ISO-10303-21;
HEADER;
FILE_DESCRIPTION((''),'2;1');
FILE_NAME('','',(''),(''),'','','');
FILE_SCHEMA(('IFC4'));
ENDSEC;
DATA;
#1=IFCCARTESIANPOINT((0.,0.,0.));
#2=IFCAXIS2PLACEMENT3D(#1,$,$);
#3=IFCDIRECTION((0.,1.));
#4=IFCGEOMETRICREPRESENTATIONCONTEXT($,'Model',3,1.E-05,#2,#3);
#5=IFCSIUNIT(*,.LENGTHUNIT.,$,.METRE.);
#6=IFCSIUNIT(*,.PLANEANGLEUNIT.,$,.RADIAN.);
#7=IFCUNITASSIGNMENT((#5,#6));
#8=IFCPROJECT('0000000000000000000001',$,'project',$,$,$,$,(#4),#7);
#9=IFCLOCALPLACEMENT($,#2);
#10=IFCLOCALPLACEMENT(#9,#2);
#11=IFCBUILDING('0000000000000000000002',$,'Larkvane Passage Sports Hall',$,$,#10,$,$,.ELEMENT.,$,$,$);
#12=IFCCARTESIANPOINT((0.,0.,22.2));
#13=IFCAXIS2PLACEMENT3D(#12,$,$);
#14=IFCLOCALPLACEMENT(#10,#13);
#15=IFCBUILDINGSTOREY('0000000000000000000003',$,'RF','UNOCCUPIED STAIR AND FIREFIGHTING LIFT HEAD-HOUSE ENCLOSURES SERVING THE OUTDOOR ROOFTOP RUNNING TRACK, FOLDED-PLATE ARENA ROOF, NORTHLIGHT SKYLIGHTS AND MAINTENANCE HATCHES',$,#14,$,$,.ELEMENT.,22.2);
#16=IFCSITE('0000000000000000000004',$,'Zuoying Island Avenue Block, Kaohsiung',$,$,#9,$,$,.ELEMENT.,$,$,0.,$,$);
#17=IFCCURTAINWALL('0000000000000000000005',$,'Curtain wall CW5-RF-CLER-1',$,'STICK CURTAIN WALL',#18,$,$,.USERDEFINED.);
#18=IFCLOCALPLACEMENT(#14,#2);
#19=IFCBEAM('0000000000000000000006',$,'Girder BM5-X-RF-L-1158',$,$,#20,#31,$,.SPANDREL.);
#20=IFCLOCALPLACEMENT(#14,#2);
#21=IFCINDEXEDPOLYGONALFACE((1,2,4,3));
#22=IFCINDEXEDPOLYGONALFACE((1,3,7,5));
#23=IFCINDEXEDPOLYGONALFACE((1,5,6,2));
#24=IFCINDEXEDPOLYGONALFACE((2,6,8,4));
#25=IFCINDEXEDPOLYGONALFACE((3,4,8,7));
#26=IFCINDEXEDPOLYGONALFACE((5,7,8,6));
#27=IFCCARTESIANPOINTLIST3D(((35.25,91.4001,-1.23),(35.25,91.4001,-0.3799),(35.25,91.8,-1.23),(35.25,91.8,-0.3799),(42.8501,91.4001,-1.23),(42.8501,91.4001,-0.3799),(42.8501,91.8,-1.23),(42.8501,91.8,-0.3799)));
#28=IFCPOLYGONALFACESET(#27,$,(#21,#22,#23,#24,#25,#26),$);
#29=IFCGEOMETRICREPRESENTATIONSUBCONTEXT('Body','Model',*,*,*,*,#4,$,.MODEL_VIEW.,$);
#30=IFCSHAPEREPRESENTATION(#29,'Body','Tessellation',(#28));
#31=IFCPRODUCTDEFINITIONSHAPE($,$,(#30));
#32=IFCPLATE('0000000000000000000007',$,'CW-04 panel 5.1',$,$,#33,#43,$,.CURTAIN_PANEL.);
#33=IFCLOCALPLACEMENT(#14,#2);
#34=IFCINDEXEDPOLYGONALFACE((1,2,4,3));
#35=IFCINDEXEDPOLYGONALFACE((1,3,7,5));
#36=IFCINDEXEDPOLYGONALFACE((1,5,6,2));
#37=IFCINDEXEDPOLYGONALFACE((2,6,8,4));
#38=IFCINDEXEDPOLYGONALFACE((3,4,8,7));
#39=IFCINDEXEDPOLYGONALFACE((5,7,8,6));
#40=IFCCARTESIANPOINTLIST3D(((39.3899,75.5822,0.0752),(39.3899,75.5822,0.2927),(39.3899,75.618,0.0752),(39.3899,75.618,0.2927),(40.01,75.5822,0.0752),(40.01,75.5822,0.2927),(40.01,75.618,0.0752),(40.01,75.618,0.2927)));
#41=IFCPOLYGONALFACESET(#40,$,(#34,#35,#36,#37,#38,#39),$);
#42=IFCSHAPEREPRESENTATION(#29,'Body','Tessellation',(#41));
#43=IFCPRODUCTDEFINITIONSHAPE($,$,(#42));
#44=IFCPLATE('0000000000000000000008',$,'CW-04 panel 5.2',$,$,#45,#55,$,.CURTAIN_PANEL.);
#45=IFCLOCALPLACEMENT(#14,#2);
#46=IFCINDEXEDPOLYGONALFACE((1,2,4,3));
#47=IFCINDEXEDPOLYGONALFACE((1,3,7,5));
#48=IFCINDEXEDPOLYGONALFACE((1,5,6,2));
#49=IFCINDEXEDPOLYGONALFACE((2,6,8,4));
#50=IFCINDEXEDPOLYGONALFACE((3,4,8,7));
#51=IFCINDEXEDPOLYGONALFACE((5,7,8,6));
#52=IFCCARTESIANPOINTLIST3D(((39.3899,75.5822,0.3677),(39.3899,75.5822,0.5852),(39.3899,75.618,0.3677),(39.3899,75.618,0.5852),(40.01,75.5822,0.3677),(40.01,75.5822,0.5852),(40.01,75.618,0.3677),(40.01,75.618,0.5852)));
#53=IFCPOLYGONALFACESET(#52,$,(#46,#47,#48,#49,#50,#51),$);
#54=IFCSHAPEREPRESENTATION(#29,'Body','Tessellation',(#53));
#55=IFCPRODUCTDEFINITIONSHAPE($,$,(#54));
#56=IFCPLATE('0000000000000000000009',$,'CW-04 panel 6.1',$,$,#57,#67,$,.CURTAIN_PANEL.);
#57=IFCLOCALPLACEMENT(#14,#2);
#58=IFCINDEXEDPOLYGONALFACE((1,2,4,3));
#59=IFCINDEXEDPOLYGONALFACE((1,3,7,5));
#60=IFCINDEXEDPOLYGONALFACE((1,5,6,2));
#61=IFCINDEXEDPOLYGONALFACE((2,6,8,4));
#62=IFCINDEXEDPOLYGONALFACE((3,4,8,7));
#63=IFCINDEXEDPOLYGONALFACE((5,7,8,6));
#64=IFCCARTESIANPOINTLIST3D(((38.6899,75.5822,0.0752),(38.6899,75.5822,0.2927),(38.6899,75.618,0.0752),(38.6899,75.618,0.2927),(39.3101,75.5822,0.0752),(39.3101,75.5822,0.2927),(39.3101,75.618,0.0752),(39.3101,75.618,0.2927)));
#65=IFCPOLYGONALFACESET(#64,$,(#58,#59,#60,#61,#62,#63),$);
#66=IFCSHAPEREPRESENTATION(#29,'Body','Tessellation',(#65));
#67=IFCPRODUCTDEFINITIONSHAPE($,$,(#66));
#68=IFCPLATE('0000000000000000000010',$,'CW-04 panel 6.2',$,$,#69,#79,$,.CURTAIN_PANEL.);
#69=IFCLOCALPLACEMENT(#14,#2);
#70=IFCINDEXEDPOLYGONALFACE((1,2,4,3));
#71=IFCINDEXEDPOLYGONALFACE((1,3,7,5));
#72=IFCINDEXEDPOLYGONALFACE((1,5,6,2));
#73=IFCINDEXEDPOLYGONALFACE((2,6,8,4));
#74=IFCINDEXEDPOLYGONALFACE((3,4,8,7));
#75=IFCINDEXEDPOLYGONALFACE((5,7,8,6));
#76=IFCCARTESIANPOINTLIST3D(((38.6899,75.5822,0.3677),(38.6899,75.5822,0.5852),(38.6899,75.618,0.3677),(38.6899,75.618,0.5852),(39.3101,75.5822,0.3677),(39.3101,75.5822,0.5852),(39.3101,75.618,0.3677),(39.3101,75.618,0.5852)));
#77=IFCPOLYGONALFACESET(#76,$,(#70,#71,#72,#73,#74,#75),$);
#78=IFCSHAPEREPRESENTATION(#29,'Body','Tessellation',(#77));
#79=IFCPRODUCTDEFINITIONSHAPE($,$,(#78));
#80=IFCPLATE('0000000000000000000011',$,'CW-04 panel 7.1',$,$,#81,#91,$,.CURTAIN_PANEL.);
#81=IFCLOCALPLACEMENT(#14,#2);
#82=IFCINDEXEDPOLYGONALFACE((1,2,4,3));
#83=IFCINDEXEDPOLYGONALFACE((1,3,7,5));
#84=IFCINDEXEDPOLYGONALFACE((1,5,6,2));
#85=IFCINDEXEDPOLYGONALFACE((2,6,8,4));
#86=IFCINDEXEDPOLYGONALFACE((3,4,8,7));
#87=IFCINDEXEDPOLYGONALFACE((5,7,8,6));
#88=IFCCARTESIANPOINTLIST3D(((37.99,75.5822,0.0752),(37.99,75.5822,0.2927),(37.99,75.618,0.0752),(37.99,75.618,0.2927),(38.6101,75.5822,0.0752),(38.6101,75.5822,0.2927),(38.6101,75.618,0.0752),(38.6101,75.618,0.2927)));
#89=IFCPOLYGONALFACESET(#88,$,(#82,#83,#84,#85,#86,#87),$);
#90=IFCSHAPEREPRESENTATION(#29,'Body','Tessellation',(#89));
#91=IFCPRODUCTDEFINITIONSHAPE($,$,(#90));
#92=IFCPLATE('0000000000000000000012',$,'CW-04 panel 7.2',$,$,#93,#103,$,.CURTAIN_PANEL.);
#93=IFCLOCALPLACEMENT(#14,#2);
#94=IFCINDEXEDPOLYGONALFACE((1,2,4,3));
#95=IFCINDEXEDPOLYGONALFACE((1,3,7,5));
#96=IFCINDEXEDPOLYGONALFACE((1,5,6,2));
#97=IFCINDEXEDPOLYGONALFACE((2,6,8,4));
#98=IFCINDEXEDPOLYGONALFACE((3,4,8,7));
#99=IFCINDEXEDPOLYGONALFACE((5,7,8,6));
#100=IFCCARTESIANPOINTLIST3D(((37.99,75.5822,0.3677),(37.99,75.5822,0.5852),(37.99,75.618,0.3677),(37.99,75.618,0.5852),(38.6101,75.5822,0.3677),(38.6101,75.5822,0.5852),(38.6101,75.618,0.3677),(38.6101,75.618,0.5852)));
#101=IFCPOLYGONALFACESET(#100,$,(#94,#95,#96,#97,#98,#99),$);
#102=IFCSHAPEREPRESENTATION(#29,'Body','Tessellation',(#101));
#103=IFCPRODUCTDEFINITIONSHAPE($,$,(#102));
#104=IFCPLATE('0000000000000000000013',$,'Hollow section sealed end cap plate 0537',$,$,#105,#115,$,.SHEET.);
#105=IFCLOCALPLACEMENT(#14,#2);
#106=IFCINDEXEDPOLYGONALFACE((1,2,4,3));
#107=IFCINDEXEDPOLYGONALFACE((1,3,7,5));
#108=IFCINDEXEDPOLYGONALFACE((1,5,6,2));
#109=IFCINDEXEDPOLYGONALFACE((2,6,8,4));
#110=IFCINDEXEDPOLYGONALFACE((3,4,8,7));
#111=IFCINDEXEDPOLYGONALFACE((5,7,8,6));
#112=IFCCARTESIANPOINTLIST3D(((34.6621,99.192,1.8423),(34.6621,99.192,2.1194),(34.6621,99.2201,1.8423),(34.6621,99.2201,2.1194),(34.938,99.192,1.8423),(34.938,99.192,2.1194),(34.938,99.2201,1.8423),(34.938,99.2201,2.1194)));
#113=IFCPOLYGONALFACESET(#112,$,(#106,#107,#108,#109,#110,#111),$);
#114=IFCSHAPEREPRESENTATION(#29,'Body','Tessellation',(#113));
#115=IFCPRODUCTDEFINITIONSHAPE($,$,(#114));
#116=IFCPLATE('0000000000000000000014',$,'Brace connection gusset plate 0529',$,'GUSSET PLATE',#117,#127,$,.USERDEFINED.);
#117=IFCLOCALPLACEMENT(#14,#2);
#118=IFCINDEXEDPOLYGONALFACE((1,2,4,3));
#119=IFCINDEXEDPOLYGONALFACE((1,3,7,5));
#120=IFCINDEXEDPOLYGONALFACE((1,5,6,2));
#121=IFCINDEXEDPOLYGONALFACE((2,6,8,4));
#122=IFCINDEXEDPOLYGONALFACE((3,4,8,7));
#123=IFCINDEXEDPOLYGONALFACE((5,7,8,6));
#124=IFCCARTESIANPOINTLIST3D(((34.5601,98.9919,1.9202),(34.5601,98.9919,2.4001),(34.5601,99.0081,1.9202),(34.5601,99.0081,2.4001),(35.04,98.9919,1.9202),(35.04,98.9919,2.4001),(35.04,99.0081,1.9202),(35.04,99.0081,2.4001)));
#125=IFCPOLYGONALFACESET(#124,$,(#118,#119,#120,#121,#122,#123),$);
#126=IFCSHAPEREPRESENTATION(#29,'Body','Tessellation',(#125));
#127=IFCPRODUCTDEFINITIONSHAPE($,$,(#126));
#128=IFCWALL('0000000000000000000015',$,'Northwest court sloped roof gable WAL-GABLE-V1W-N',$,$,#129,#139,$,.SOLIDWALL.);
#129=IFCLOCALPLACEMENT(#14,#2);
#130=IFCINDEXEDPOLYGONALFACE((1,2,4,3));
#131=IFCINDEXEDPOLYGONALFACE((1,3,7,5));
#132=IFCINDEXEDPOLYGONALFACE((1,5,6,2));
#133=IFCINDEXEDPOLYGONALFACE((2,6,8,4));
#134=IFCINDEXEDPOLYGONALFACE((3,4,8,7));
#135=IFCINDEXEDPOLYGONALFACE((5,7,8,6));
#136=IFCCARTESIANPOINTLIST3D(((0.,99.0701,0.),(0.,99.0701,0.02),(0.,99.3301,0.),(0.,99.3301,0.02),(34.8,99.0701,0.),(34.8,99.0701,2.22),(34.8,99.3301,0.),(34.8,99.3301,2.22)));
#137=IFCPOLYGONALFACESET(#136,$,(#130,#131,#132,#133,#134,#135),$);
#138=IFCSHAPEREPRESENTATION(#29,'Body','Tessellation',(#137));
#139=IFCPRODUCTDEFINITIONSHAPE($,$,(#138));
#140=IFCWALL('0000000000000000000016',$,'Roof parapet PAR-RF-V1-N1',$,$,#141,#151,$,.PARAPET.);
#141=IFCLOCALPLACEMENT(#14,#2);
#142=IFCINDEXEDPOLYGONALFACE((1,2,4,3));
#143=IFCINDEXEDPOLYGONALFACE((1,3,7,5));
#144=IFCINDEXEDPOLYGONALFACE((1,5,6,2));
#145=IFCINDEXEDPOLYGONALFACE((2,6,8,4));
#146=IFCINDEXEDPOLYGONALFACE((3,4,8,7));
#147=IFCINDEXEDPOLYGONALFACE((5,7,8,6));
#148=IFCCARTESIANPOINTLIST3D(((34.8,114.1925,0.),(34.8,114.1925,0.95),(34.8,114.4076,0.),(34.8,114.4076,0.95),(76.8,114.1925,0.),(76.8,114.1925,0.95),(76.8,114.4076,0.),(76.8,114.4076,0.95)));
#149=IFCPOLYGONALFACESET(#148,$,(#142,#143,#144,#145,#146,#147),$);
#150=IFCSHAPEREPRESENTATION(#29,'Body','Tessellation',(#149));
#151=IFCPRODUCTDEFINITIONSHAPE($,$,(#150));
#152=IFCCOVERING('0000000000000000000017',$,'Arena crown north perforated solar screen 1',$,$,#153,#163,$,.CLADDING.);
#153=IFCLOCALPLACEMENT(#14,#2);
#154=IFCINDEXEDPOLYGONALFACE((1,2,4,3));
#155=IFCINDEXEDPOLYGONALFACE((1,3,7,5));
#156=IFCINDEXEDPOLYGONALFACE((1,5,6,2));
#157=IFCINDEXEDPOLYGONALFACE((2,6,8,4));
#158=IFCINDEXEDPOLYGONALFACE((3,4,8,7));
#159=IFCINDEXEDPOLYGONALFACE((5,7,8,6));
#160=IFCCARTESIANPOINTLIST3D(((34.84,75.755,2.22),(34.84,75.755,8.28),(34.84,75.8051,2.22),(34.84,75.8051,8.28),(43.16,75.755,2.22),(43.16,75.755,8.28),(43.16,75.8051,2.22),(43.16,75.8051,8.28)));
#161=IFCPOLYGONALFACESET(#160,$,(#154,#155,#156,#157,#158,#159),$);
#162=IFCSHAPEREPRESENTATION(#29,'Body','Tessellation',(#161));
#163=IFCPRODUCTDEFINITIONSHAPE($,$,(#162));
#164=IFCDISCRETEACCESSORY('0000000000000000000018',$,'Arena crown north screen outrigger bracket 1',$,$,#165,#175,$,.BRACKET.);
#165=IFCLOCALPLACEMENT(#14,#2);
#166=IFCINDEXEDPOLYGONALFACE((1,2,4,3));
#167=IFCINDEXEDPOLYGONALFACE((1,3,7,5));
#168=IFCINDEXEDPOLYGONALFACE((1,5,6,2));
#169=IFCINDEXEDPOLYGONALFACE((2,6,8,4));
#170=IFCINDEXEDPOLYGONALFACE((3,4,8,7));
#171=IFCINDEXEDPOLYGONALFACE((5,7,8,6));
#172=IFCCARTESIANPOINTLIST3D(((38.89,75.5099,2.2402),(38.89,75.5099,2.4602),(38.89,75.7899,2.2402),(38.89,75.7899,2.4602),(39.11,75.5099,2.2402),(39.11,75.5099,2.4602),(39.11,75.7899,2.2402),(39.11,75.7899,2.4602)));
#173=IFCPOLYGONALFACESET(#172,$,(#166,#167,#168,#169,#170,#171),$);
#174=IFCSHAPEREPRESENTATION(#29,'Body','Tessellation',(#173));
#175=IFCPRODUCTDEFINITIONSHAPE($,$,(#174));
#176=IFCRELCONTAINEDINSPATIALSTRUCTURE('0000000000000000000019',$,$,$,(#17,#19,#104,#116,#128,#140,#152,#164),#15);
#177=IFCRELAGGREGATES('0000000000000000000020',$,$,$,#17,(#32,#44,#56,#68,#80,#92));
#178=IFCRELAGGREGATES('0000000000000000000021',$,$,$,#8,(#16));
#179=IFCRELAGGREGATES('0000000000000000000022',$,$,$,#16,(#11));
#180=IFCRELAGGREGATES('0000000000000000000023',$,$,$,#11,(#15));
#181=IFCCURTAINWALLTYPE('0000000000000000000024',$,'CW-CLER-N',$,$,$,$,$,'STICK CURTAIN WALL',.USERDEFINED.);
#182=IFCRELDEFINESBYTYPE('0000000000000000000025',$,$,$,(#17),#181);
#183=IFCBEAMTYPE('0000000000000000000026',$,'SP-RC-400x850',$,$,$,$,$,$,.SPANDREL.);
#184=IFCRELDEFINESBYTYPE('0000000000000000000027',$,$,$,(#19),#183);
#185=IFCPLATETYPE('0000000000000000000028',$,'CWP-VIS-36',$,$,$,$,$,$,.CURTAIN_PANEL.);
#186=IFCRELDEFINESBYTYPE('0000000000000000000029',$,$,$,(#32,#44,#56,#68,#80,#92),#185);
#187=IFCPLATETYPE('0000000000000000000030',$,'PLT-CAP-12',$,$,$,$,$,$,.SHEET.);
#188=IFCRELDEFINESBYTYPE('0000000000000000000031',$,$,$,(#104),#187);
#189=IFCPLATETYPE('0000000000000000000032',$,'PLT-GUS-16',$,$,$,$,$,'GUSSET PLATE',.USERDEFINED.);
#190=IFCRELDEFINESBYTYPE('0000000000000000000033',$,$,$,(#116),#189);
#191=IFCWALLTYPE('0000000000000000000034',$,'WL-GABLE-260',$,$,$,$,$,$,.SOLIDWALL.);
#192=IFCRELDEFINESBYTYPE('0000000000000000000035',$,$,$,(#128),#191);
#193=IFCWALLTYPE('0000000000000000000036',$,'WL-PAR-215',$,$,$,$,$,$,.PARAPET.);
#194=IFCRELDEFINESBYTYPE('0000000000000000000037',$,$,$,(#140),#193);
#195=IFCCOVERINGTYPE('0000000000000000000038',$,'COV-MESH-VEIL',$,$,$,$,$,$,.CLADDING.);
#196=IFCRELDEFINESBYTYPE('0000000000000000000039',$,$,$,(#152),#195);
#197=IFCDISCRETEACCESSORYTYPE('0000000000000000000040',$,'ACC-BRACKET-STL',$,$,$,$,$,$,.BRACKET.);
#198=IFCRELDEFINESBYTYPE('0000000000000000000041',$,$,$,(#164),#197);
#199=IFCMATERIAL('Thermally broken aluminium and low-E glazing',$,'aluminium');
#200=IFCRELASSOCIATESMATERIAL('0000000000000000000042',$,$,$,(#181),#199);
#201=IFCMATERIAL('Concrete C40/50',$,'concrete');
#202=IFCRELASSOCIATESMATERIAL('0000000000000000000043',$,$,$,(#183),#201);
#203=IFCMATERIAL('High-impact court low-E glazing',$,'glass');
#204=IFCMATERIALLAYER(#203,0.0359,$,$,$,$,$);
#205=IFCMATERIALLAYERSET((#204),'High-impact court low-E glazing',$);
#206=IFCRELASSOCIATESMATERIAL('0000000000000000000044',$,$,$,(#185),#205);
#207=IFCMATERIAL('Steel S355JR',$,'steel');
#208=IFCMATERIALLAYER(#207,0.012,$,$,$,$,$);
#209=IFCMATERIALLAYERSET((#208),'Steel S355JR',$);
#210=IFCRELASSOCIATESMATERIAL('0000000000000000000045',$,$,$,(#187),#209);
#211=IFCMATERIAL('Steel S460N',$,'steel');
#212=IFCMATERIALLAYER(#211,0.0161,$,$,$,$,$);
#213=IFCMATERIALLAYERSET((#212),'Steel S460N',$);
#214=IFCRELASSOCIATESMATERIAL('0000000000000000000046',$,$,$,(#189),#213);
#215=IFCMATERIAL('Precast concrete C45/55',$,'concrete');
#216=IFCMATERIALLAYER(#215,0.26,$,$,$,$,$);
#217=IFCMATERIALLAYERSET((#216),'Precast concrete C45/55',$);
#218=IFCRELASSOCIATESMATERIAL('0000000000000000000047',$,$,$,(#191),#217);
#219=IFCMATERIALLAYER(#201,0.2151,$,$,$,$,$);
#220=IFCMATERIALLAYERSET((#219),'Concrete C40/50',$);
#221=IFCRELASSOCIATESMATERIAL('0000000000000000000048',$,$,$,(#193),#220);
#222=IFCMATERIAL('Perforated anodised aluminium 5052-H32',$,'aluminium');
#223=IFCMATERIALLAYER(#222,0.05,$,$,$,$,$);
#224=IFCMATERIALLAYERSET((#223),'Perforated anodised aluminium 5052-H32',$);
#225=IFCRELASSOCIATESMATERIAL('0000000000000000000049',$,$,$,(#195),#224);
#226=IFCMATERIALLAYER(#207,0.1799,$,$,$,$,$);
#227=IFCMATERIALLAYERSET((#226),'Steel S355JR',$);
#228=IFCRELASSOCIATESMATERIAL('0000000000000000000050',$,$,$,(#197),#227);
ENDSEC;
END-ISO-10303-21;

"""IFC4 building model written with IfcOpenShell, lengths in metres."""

from ifc_helpers import new_model, si_unit, direction, frame, frame_2d, origin, origin_2d, place, context, subcontext, project, spatial, polyline, rectangle, outline, extrude, material, layer, layer_set, material_profile, profile_set, type_object, element, aggregate, save


model = new_model("IFC4")

# Units and contexts
model_context = context("Model", 3, precision=1e-05, world=origin(), true_north=direction((0.0, 1.0)))
body_context = subcontext(model_context, "Body", "Model", "MODEL_VIEW")
ifc_project = project(units=[si_unit("LENGTHUNIT", "METRE"), si_unit("PLANEANGLEUNIT", "RADIAN")], contexts=[model_context])

# Site, building, storey
site_placement = place(None, origin())
site = spatial("IfcSite", under=ifc_project, at=site_placement, Name="Zuoying Island Avenue Block, Kaohsiung", CompositionType="ELEMENT", RefElevation=0.0)
building_placement = place(site_placement, origin())
building = spatial("IfcBuilding", under=site, at=building_placement, Name="Larkvane Passage Sports Hall", CompositionType="ELEMENT")
storey_placement = place(building_placement, frame((0.0, 0.0, 22.2)))
storey = spatial("IfcBuildingStorey", under=building, at=storey_placement, Name="RF", Description="UNOCCUPIED STAIR AND FIREFIGHTING LIFT HEAD-HOUSE ENCLOSURES SERVING THE OUTDOOR ROOFTOP RUNNING TRACK, FOLDED-PLATE ARENA ROOF, NORTHLIGHT SKYLIGHTS AND MAINTENANCE HATCHES", CompositionType="ELEMENT", Elevation=22.2)

# Curtain wall
ifc_material_1 = material(Name="Thermally broken aluminium and low-E glazing", Category="aluminium")
curtain_wall_type = type_object("IfcCurtainWallType", Name="CW-CLER-N", ElementType="STICK CURTAIN WALL", PredefinedType="USERDEFINED", material=ifc_material_1)
curtain_wall_placement = place(storey_placement, origin())
curtain_wall = element("IfcCurtainWall", 1, at=curtain_wall_placement, inside=storey, type_object=curtain_wall_type, Name="Curtain wall CW5-RF-CLER-1", ObjectType="STICK CURTAIN WALL", PredefinedType="USERDEFINED")

# Shared definitions
ifc_material_2 = material(Name="Steel S460N", Category="steel")

# Beam
ifc_material_3 = material(Name="Concrete C40/50", Category="concrete")
ifc_material_profile_1 = material_profile(ifc_material_3, rectangle(XDim=0.3999, YDim=0.8501, at=origin_2d()), Name="RC-SP-400x850")
ifc_profile_set_1 = profile_set([ifc_material_profile_1], Name="Concrete C40/50")
beam_type = type_object("IfcBeamType", Name="SP-RC-400x850", PredefinedType="SPANDREL", material=ifc_profile_set_1)
beam_placement = place(storey_placement, frame((35.25, 91.6001, -0.8049), z_axis=(1.0, 0.0, 0.0), x_axis=(0.0, 1.0, 0.0)))
element("IfcBeam", 2, at=beam_placement, inside=storey, type_object=beam_type, Name="Girder BM5-X-RF-L-1158", PredefinedType="SPANDREL", context=body_context, shape_type="SweptSolid", body=[
    extrude(rectangle(XDim=0.3999, YDim=0.8501, at=origin_2d()), origin(), (0.0, 0.0, 1.0), 7.6001),
])

# Plates
ifc_material_4 = material(Name="High-impact court low-E glazing", Category="glass")
ifc_layer_1 = layer(ifc_material_4, 0.0359)
ifc_layer_set_1 = layer_set([ifc_layer_1], Name="High-impact court low-E glazing")
plate_type_1 = type_object("IfcPlateType", Name="CWP-VIS-36", PredefinedType="CURTAIN_PANEL", material=ifc_layer_set_1)
plate_1_placement = place(storey_placement, frame((39.7, 75.6001, 0.0752), z_axis=(0.0, 0.0, 1.0), x_axis=(-1.0, 0.0, 0.0)))
plate_1 = element("IfcPlate", 3, at=plate_1_placement, type_object=plate_type_1, Name="CW-04 panel 5.1", PredefinedType="CURTAIN_PANEL", context=body_context, shape_type="SweptSolid", body=[
    extrude(rectangle(XDim=0.6201, YDim=0.0359, at=origin_2d()), origin(), (0.0, 0.0, 1.0), 0.2175),
])
plate_2_placement = place(storey_placement, frame((39.7, 75.6001, 0.3677), z_axis=(0.0, 0.0, 1.0), x_axis=(-1.0, 0.0, 0.0)))
plate_2 = element("IfcPlate", 4, at=plate_2_placement, type_object=plate_type_1, Name="CW-04 panel 5.2", PredefinedType="CURTAIN_PANEL", context=body_context, shape_type="SweptSolid", body=[
    extrude(rectangle(XDim=0.6201, YDim=0.0359, at=origin_2d()), origin(), (0.0, 0.0, 1.0), 0.2175),
])
plate_3_placement = place(storey_placement, frame((39.0, 75.6001, 0.0752), z_axis=(0.0, 0.0, 1.0), x_axis=(-1.0, 0.0, 0.0)))
plate_3 = element("IfcPlate", 5, at=plate_3_placement, type_object=plate_type_1, Name="CW-04 panel 6.1", PredefinedType="CURTAIN_PANEL", context=body_context, shape_type="SweptSolid", body=[
    extrude(rectangle(XDim=0.6201, YDim=0.0359, at=origin_2d()), origin(), (0.0, 0.0, 1.0), 0.2175),
])
plate_4_placement = place(storey_placement, frame((39.0, 75.6001, 0.3677), z_axis=(0.0, 0.0, 1.0), x_axis=(-1.0, 0.0, 0.0)))
plate_4 = element("IfcPlate", 6, at=plate_4_placement, type_object=plate_type_1, Name="CW-04 panel 6.2", PredefinedType="CURTAIN_PANEL", context=body_context, shape_type="SweptSolid", body=[
    extrude(rectangle(XDim=0.6201, YDim=0.0359, at=origin_2d()), origin(), (0.0, 0.0, 1.0), 0.2175),
])
plate_5_placement = place(storey_placement, frame((38.3, 75.6001, 0.0752), z_axis=(0.0, 0.0, 1.0), x_axis=(-1.0, 0.0, 0.0)))
plate_5 = element("IfcPlate", 7, at=plate_5_placement, type_object=plate_type_1, Name="CW-04 panel 7.1", PredefinedType="CURTAIN_PANEL", context=body_context, shape_type="SweptSolid", body=[
    extrude(rectangle(XDim=0.6201, YDim=0.0359, at=origin_2d()), origin(), (0.0, 0.0, 1.0), 0.2175),
])
plate_6_placement = place(storey_placement, frame((38.3, 75.6001, 0.3677), z_axis=(0.0, 0.0, 1.0), x_axis=(-1.0, 0.0, 0.0)))
plate_6 = element("IfcPlate", 8, at=plate_6_placement, type_object=plate_type_1, Name="CW-04 panel 7.2", PredefinedType="CURTAIN_PANEL", context=body_context, shape_type="SweptSolid", body=[
    extrude(rectangle(XDim=0.6201, YDim=0.0359, at=origin_2d()), origin(), (0.0, 0.0, 1.0), 0.2175),
])
aggregate(curtain_wall, [plate_1, plate_2, plate_3, plate_4, plate_5, plate_6])

# Plates
ifc_material_5 = material(Name="Steel S355JR", Category="steel")
ifc_layer_2 = layer(ifc_material_5, 0.012)
ifc_layer_set_2 = layer_set([ifc_layer_2], Name="Steel S355JR")
plate_type_2 = type_object("IfcPlateType", Name="PLT-CAP-12", PredefinedType="SHEET", material=ifc_layer_set_2)
plate_7_placement = place(storey_placement, frame((34.8, 99.2061, 1.8423), z_axis=(0.0, 0.0, 1.0), x_axis=(-1.0, 0.0, 0.0)))
element("IfcPlate", 9, at=plate_7_placement, inside=storey, type_object=plate_type_2, Name="Hollow section sealed end cap plate 0537", PredefinedType="SHEET", context=body_context, shape_type="SweptSolid", body=[
    extrude(rectangle(XDim=0.2759, YDim=0.0281, at=origin_2d()), origin(), (0.0, 0.0, 1.0), 0.2771),
])
ifc_layer_3 = layer(ifc_material_2, 0.0161)
ifc_layer_set_3 = layer_set([ifc_layer_3], Name="Steel S460N")
plate_type_3 = type_object("IfcPlateType", Name="PLT-GUS-16", ElementType="GUSSET PLATE", PredefinedType="USERDEFINED", material=ifc_layer_set_3)
plate_8_placement = place(storey_placement, frame((34.8, 99.0, 1.9202), z_axis=(0.0, 0.0, 1.0), x_axis=(1.0, 0.0, 0.0)))
element("IfcPlate", 10, at=plate_8_placement, inside=storey, type_object=plate_type_3, Name="Brace connection gusset plate 0529", ObjectType="GUSSET PLATE", PredefinedType="USERDEFINED", context=body_context, shape_type="SweptSolid", body=[
    extrude(rectangle(XDim=0.48, YDim=0.0161, at=origin_2d()), origin(), (0.0, 0.0, 1.0), 0.48),
])

# Walls
ifc_material_6 = material(Name="Precast concrete C45/55", Category="concrete")
ifc_layer_4 = layer(ifc_material_6, 0.26)
ifc_layer_set_4 = layer_set([ifc_layer_4], Name="Precast concrete C45/55")
wall_type_1 = type_object("IfcWallType", Name="WL-GABLE-260", PredefinedType="SOLIDWALL", material=ifc_layer_set_4)
wall_1_placement = place(storey_placement, frame((34.8, 99.2, 0.0), z_axis=(0.0, 0.0, 1.0), x_axis=(-1.0, 0.0, 0.0)))
element("IfcWall", 11, at=wall_1_placement, inside=storey, type_object=wall_type_1, Name="Northwest court sloped roof gable WAL-GABLE-V1W-N", PredefinedType="SOLIDWALL", context=body_context, shape_type="SweptSolid", body=[
    extrude(outline(polyline([(0.0, 0.0), (34.8, 0.0), (34.8, 0.02), (0.0, 2.22), (0.0, 0.0)])), frame((0.0, 0.1299, 0.0), z_axis=(0.0, -1.0, 0.0), x_axis=(1.0, 0.0, 0.0)), (0.0, 0.0, 1.0), 0.26),
])
ifc_layer_5 = layer(ifc_material_3, 0.2151)
ifc_layer_set_5 = layer_set([ifc_layer_5], Name="Concrete C40/50")
wall_type_2 = type_object("IfcWallType", Name="WL-PAR-215", PredefinedType="PARAPET", material=ifc_layer_set_5)
wall_2_placement = place(storey_placement, frame((34.8, 114.3, 0.0), z_axis=(0.0, 0.0, 1.0), x_axis=(1.0, 0.0, 0.0)))
element("IfcWall", 12, at=wall_2_placement, inside=storey, type_object=wall_type_2, Name="Roof parapet PAR-RF-V1-N1", PredefinedType="PARAPET", context=body_context, shape_type="SweptSolid", body=[
    extrude(rectangle(XDim=42.0, YDim=0.2151, at=frame_2d((21.0, 0.0))), origin(), (0.0, 0.0, 1.0), 0.95),
])

# Covering
ifc_material_7 = material(Name="Perforated anodised aluminium 5052-H32", Category="aluminium")
ifc_layer_6 = layer(ifc_material_7, 0.05)
ifc_layer_set_6 = layer_set([ifc_layer_6], Name="Perforated anodised aluminium 5052-H32")
covering_type = type_object("IfcCoveringType", Name="COV-MESH-VEIL", PredefinedType="CLADDING", material=ifc_layer_set_6)
covering_placement = place(storey_placement, frame((39.0, 75.78, 2.22), z_axis=(0.0, 0.0, 1.0), x_axis=(1.0, 0.0, 0.0)))
element("IfcCovering", 13, at=covering_placement, inside=storey, type_object=covering_type, Name="Arena crown north perforated solar screen 1", PredefinedType="CLADDING", context=body_context, shape_type="SweptSolid", body=[
    extrude(rectangle(XDim=8.3201, YDim=0.05, at=origin_2d()), origin(), (0.0, 0.0, 1.0), 6.0601),
])

# Discrete accessory
ifc_layer_7 = layer(ifc_material_5, 0.1799)
ifc_layer_set_7 = layer_set([ifc_layer_7], Name="Steel S355JR")
discrete_accessory_type = type_object("IfcDiscreteAccessoryType", Name="ACC-BRACKET-STL", PredefinedType="BRACKET", material=ifc_layer_set_7)
discrete_accessory_placement = place(storey_placement, frame((39.0, 75.6499, 2.2402), z_axis=(0.0, 0.0, 1.0), x_axis=(1.0, 0.0, 0.0)))
element("IfcDiscreteAccessory", 14, at=discrete_accessory_placement, inside=storey, type_object=discrete_accessory_type, Name="Arena crown north screen outrigger bracket 1", PredefinedType="BRACKET", context=body_context, shape_type="SweptSolid", body=[
    extrude(rectangle(XDim=0.22, YDim=0.28, at=origin_2d()), origin(), (0.0, 0.0, 1.0), 0.22),
])

save(model, "model.ifc")
